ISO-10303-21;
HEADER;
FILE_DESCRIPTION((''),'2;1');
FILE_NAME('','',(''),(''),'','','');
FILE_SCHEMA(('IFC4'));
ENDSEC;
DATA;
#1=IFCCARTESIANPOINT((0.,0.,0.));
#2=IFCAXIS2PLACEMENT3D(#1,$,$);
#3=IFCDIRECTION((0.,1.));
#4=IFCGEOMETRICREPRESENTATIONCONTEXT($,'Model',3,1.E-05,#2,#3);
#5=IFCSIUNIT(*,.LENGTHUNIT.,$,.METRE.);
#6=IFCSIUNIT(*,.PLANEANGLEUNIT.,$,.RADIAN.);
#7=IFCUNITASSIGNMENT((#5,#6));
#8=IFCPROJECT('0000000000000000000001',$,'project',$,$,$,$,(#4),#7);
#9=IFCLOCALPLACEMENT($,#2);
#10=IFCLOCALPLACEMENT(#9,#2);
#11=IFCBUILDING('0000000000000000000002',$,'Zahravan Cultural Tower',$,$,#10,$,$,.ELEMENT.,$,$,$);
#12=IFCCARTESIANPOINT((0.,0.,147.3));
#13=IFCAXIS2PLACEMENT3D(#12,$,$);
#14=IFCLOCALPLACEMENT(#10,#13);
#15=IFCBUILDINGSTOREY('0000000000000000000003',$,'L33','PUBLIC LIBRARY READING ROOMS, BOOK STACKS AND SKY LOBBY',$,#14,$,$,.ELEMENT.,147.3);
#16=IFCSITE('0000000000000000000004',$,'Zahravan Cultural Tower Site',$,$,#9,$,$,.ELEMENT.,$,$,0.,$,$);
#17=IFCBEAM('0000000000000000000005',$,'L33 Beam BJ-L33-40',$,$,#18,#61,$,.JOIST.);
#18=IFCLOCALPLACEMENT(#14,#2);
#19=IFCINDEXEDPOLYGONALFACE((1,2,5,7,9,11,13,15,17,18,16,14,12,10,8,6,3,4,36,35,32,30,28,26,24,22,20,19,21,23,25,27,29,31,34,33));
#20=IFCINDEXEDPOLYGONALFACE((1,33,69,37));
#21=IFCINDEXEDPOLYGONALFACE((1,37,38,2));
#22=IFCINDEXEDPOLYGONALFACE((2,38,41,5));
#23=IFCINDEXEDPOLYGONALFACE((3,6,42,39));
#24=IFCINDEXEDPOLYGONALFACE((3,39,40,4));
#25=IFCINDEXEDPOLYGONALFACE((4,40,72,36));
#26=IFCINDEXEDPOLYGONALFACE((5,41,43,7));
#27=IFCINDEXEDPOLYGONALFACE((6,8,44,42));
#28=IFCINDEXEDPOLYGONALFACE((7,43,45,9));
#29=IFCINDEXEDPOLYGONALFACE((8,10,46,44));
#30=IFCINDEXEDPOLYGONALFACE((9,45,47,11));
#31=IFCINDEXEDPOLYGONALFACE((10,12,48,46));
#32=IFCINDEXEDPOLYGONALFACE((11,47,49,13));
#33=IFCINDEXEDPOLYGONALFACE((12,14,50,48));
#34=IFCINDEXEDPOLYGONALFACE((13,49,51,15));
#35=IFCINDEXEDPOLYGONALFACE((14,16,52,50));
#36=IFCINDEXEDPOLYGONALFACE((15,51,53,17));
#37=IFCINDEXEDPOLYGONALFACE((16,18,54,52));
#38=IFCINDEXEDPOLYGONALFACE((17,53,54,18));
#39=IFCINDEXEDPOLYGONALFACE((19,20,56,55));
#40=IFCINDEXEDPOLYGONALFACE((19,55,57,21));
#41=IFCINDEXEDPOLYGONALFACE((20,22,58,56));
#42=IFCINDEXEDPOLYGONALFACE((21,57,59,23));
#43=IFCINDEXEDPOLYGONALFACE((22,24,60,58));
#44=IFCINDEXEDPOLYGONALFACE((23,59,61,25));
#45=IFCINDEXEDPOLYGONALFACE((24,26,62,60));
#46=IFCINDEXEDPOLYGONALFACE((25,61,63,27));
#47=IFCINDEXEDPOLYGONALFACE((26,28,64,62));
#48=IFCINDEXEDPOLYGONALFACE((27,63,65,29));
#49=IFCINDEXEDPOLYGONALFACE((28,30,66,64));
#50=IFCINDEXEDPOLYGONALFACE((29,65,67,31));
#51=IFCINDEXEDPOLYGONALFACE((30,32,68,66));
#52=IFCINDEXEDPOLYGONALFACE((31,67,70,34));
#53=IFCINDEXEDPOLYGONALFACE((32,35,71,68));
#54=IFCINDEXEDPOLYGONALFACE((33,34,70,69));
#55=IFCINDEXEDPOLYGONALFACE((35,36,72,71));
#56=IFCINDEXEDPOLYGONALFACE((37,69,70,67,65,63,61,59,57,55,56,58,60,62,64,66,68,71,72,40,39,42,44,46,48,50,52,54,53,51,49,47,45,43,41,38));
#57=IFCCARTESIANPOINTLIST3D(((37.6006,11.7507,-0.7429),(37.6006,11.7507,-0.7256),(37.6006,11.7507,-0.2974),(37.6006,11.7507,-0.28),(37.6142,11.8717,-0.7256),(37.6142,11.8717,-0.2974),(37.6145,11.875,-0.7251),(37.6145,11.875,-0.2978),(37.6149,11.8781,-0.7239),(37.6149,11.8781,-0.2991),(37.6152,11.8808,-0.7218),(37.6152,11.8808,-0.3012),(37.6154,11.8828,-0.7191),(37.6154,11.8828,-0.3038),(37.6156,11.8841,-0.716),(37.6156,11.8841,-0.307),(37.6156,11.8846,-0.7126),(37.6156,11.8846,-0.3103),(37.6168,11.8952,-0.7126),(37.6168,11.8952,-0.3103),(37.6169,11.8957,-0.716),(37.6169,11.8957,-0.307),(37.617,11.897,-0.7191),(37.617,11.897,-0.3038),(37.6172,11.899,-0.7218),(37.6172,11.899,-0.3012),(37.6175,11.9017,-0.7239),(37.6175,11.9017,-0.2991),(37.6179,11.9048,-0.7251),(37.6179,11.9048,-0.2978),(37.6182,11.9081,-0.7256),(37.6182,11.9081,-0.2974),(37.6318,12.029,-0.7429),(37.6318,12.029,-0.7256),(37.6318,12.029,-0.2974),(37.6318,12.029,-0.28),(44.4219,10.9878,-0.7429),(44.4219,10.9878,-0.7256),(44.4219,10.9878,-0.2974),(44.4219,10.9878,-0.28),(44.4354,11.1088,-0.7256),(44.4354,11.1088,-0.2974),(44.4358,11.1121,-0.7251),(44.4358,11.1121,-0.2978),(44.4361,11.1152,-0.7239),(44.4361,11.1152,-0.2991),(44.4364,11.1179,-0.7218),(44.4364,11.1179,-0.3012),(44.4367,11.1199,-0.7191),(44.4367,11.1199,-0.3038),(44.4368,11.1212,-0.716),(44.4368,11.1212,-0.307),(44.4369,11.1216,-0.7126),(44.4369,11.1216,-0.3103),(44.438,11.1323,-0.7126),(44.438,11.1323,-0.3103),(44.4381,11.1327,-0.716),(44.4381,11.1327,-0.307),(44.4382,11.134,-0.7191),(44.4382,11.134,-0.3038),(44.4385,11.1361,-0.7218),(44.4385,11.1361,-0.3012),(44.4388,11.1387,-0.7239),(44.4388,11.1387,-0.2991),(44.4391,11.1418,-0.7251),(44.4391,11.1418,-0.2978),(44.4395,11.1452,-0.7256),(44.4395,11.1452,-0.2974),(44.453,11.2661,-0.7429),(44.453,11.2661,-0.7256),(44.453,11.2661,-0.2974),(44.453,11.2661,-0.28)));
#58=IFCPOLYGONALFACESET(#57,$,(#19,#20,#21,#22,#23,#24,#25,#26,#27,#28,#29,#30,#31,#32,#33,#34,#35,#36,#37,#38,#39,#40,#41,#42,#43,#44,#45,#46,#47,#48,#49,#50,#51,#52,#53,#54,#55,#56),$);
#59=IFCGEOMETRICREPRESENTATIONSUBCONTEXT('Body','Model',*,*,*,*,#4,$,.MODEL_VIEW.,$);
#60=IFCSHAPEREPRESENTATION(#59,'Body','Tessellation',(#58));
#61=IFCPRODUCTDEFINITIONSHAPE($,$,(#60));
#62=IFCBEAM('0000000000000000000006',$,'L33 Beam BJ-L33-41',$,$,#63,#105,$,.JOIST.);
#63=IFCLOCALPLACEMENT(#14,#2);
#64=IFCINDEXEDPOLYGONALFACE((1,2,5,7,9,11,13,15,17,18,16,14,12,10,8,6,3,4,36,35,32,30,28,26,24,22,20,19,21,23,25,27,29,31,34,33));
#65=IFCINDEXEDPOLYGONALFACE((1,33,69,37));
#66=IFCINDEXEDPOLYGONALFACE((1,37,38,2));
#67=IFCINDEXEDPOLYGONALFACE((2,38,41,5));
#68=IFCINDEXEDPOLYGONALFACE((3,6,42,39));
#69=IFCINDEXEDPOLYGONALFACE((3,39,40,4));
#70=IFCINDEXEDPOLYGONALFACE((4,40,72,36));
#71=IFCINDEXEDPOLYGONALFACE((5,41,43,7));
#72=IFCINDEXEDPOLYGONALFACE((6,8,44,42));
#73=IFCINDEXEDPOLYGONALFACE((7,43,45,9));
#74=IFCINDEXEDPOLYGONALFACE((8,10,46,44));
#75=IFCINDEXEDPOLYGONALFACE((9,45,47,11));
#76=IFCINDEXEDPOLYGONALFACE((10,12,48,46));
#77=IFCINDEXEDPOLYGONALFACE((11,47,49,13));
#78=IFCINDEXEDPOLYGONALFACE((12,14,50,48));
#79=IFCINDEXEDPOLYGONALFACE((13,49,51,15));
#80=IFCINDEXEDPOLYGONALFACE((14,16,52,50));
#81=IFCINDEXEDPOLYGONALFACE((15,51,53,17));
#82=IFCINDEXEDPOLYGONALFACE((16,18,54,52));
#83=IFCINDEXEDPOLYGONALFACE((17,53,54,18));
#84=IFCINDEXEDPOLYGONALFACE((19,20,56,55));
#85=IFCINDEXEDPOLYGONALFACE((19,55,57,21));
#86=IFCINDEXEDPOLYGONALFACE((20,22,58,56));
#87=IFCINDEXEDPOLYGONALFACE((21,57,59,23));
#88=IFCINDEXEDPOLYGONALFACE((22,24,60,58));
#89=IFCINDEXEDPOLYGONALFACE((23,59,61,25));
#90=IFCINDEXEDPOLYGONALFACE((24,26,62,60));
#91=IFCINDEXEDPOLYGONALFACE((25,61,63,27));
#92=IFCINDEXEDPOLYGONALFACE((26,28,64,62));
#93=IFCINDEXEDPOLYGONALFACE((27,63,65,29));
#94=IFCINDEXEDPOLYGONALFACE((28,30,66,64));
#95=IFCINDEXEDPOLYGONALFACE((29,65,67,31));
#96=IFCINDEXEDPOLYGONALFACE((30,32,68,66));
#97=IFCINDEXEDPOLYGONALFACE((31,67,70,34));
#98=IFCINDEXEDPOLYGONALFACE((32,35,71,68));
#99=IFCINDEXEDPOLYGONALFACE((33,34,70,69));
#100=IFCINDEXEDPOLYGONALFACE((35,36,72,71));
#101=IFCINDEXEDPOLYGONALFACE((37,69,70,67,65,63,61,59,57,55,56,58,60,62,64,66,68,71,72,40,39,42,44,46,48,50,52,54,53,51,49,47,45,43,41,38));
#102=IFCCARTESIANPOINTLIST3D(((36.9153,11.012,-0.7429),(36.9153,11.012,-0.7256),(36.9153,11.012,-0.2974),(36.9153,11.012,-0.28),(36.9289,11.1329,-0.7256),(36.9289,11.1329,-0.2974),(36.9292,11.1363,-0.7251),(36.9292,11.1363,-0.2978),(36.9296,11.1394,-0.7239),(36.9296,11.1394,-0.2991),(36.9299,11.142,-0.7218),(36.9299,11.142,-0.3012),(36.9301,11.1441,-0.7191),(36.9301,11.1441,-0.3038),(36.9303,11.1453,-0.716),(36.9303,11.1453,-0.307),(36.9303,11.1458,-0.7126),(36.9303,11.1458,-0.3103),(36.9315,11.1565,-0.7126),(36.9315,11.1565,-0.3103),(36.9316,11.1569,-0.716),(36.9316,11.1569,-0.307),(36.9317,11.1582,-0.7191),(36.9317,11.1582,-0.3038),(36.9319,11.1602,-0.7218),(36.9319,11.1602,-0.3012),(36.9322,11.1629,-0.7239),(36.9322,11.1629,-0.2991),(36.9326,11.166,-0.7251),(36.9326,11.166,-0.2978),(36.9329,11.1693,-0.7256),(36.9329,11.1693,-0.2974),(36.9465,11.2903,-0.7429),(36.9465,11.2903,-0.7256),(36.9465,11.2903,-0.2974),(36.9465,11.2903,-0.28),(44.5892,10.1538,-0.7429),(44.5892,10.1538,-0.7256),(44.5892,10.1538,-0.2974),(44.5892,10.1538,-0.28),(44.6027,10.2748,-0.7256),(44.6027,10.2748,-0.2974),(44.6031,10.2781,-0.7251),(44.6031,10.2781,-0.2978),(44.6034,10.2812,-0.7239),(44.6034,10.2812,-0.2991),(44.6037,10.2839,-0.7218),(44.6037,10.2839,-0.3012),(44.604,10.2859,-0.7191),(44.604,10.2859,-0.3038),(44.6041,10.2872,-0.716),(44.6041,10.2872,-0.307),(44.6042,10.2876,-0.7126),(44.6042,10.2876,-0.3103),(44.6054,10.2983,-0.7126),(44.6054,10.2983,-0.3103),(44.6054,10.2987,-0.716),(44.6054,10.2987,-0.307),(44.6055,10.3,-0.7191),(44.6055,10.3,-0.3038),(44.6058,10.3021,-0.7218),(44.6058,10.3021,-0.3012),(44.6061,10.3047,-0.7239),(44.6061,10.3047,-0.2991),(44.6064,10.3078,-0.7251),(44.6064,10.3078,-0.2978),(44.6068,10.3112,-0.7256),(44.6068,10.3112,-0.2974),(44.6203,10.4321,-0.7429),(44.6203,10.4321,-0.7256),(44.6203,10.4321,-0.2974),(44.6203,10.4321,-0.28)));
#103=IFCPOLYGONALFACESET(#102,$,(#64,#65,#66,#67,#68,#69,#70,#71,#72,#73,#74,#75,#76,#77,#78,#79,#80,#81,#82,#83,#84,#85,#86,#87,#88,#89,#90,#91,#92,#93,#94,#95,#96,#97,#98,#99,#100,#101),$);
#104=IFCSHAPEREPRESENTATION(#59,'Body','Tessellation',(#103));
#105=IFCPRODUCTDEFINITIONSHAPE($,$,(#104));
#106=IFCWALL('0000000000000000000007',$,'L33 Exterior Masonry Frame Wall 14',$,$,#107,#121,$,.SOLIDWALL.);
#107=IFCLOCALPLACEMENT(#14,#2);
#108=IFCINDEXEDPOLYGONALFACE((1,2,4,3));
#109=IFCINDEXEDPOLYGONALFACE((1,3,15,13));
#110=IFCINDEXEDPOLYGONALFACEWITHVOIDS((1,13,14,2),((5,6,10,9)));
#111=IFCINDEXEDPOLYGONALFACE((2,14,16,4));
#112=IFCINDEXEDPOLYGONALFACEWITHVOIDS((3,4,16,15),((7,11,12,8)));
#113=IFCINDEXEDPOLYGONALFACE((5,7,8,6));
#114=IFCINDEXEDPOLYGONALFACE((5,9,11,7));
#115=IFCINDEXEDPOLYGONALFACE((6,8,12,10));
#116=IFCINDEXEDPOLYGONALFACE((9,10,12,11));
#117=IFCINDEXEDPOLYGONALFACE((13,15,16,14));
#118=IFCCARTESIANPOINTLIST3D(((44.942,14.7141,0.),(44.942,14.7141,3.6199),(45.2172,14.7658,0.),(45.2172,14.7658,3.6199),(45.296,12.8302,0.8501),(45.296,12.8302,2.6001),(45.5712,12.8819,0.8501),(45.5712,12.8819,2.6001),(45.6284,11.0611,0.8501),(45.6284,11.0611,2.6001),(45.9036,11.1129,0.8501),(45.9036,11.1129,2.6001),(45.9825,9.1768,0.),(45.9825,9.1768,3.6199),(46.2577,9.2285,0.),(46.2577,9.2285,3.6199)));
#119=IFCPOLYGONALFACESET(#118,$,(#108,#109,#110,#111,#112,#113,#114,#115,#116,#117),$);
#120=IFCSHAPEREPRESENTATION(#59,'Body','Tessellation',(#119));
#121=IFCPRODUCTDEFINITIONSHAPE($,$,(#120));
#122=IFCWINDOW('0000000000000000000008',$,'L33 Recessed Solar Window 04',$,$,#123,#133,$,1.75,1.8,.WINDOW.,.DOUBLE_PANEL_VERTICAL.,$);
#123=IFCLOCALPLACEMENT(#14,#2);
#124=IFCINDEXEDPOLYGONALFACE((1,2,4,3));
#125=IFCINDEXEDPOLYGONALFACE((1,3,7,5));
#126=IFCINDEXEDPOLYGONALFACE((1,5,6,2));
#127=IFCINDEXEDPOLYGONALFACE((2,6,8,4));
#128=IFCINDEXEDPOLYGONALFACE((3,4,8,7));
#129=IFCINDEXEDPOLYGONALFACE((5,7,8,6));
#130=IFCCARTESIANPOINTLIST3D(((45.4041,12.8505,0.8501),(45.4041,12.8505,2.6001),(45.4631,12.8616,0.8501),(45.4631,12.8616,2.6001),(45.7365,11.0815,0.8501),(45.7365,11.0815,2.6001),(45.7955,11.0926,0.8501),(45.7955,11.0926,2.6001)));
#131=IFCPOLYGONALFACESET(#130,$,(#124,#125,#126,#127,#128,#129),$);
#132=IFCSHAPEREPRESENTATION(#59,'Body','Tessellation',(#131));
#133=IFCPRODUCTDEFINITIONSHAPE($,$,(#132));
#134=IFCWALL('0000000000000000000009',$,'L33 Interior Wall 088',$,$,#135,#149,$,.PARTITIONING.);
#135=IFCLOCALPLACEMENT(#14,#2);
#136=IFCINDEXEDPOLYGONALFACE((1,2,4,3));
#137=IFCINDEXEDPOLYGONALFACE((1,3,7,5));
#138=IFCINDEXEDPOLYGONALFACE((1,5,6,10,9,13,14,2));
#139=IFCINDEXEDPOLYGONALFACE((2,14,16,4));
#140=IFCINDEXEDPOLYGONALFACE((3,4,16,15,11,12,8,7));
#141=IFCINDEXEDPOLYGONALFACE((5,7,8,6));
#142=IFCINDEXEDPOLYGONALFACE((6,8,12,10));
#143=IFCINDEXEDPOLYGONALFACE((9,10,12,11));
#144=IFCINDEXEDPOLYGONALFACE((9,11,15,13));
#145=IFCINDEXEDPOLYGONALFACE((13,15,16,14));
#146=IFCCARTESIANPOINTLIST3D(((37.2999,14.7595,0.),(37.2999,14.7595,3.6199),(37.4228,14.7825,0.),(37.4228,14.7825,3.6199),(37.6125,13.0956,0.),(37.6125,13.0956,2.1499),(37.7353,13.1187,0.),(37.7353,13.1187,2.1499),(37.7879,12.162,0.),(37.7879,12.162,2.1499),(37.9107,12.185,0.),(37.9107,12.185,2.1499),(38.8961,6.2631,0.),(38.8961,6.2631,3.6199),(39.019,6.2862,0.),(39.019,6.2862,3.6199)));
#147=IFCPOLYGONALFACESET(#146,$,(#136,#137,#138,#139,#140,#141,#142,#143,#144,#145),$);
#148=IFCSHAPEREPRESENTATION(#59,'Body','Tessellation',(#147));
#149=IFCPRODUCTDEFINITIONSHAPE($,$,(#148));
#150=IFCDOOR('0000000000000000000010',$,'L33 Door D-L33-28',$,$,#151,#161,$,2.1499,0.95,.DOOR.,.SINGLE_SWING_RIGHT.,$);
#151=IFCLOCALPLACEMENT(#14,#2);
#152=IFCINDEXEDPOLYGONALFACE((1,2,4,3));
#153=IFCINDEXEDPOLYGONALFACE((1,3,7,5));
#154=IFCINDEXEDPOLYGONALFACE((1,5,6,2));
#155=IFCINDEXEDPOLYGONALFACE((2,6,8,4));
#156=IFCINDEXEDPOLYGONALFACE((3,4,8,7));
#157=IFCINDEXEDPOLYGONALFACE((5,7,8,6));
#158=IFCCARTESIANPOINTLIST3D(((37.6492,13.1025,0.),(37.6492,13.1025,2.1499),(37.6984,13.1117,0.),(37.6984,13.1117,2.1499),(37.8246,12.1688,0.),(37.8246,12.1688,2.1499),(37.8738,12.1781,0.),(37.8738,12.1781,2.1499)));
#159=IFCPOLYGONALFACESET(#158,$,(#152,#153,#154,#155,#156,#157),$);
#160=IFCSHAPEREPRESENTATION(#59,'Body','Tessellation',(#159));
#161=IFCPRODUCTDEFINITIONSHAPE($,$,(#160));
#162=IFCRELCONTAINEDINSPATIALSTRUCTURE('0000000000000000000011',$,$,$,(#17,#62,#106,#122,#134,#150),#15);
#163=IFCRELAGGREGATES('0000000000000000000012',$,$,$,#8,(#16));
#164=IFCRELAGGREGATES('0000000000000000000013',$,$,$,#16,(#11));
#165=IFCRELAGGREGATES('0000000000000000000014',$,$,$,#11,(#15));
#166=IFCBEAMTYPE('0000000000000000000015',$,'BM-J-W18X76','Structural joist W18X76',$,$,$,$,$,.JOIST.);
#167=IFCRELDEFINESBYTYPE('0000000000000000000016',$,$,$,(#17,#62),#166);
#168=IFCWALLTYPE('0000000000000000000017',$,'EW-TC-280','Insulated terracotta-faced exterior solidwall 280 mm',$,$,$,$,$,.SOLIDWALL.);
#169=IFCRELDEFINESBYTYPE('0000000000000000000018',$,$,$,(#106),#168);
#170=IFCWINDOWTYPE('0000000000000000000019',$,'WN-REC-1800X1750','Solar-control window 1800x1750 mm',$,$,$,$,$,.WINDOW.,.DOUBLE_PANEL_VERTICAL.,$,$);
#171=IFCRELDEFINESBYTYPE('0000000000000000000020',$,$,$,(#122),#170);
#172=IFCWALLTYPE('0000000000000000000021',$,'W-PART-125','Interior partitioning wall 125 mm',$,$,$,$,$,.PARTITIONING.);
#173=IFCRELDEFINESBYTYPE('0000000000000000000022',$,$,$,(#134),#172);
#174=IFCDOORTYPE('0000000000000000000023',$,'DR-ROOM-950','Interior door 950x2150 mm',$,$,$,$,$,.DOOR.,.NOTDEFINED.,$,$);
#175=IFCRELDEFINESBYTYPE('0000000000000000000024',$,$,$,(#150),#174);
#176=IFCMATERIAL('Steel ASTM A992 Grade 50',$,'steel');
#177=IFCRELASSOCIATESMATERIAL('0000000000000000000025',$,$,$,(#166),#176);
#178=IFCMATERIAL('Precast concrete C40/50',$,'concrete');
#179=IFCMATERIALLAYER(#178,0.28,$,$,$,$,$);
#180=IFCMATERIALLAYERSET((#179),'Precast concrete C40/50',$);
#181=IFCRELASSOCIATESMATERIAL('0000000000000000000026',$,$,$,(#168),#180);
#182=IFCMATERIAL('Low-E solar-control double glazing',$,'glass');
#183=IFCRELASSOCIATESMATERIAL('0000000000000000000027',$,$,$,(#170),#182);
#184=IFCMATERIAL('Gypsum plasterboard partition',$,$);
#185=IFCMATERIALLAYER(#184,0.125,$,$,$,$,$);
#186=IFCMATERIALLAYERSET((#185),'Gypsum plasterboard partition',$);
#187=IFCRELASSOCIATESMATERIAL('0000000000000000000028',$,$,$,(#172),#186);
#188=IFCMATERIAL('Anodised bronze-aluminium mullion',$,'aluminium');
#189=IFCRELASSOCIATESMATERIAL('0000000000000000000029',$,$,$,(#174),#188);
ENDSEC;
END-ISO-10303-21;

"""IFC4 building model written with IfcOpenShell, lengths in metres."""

from ifc_helpers import new_model, si_unit, direction, frame, frame_2d, origin, origin_2d, place, context, subcontext, project, spatial, rectangle, i_section, extrude, source, transform, mapped, material, layer, layer_set, material_profile, profile_set, type_object, element, fill, save


model = new_model("IFC4")

# Units and contexts
model_context = context("Model", 3, precision=1e-05, world=origin(), true_north=direction((0.0, 1.0)))
body_context = subcontext(model_context, "Body", "Model", "MODEL_VIEW")
ifc_project = project(units=[si_unit("LENGTHUNIT", "METRE"), si_unit("PLANEANGLEUNIT", "RADIAN")], contexts=[model_context])

# Site, building, storey
site_placement = place(None, origin())
site = spatial("IfcSite", under=ifc_project, at=site_placement, Name="Zahravan Cultural Tower Site", CompositionType="ELEMENT", RefElevation=0.0)
building_placement = place(site_placement, origin())
building = spatial("IfcBuilding", under=site, at=building_placement, Name="Zahravan Cultural Tower", CompositionType="ELEMENT")
storey_placement = place(building_placement, frame((0.0, 0.0, 147.3)))
storey = spatial("IfcBuildingStorey", under=building, at=storey_placement, Name="L33", Description="PUBLIC LIBRARY READING ROOMS, BOOK STACKS AND SKY LOBBY", CompositionType="ELEMENT", Elevation=147.3)

# Shared definitions
ifc_material_1 = material(Name="Steel ASTM A992 Grade 50", Category="steel")

# Beams
ifc_material_profile_1 = material_profile(ifc_material_1, i_section(OverallWidth=0.28, OverallDepth=0.4629, WebThickness=0.0107, FlangeThickness=0.0173, FilletRadius=0.0129, at=origin_2d()), Name="W18X76")
ifc_profile_set_1 = profile_set([ifc_material_profile_1], Name="Steel ASTM A992 Grade 50")
beam_type_1 = type_object("IfcBeamType", Name="BM-J-W18X76", Description="Structural joist W18X76", PredefinedType="JOIST", material=ifc_profile_set_1)
shared_shape_1 = source(origin(), body_context, "Body", "SweptSolid", [
    extrude(i_section(OverallWidth=0.28, OverallDepth=0.4629, WebThickness=0.0107, FlangeThickness=0.0173, FilletRadius=0.0129, at=origin_2d()), origin(), (0.0, 0.0, 1.0), 6.8638),
])
beam_1_placement = place(storey_placement, frame((37.6162, 11.8899, -0.5115), z_axis=(0.993803, -0.111154, 0.0), x_axis=(0.111154, 0.993803, 0.0)))
element("IfcBeam", 1, at=beam_1_placement, inside=storey, type_object=beam_type_1, Name="L33 Beam BJ-L33-40", PredefinedType="JOIST", context=body_context, shape_type="MappedRepresentation", body=[
    mapped(shared_shape_1, transform((0.0, 0.0, 0.0), x_axis=(1.0, 0.0, 0.0), y_axis=(0.0, 1.0, 0.0), z_axis=(0.0, 0.0, 1.0), scale=1.0)),
])
shared_shape_2 = source(origin(), body_context, "Body", "SweptSolid", [
    extrude(i_section(OverallWidth=0.28, OverallDepth=0.4629, WebThickness=0.0107, FlangeThickness=0.0173, FilletRadius=0.0129, at=origin_2d()), origin(), (0.0, 0.0, 1.0), 7.7217),
])
beam_2_placement = place(storey_placement, frame((36.9309, 11.1511, -0.5115), z_axis=(0.993805, -0.111136, 0.0), x_axis=(0.111136, 0.993805, 0.0)))
element("IfcBeam", 2, at=beam_2_placement, inside=storey, type_object=beam_type_1, Name="L33 Beam BJ-L33-41", PredefinedType="JOIST", context=body_context, shape_type="MappedRepresentation", body=[
    mapped(shared_shape_2, transform((0.0, 0.0, 0.0), x_axis=(1.0, 0.0, 0.0), y_axis=(0.0, 1.0, 0.0), z_axis=(0.0, 0.0, 1.0), scale=1.0)),
])

# Wall, opening, window
ifc_material_2 = material(Name="Precast concrete C40/50", Category="concrete")
ifc_layer_1 = layer(ifc_material_2, 0.28)
ifc_layer_set_1 = layer_set([ifc_layer_1], Name="Precast concrete C40/50")
wall_type_1 = type_object("IfcWallType", Name="EW-TC-280", Description="Insulated terracotta-faced exterior solidwall 280 mm", PredefinedType="SOLIDWALL", material=ifc_layer_set_1)
wall_1_placement = place(storey_placement, frame((45.0796, 14.74, 0.0), z_axis=(0.0, 0.0, 1.0), x_axis=(0.184678, -0.982799, 0.0)))
wall_1 = element("IfcWall", 3, at=wall_1_placement, inside=storey, type_object=wall_type_1, Name="L33 Exterior Masonry Frame Wall 14", PredefinedType="SOLIDWALL", context=body_context, shape_type="SweptSolid", body=[
    extrude(rectangle(XDim=5.6343, YDim=0.28, at=frame_2d((2.8171, 0.0))), origin(), (0.0, 0.0, 1.0), 3.6199),
])
opening_1_placement = place(wall_1_placement, frame((1.917, 0.0, 0.8501)))
opening_1 = element("IfcOpeningElement", 4, at=opening_1_placement, cuts=wall_1, PredefinedType="OPENING", context=body_context, shape_type="SweptSolid", body=[
    extrude(rectangle(XDim=1.8, YDim=1.75, at=frame_2d((0.8999, 0.875))), frame((0.0, 0.1499, 0.0), z_axis=(0.0, -1.0, 0.0), x_axis=(1.0, 0.0, 0.0)), (0.0, 0.0, 1.0), 0.3),
])
ifc_material_3 = material(Name="Low-E solar-control double glazing", Category="glass")
window_type = type_object("IfcWindowType", Name="WN-REC-1800X1750", Description="Solar-control window 1800x1750 mm", PartitioningType="DOUBLE_PANEL_VERTICAL", PredefinedType="WINDOW", material=ifc_material_3)
shared_shape_3 = source(origin(), body_context, "Body", "SweptSolid", [
    extrude(rectangle(XDim=1.8, YDim=1.75, at=frame_2d((0.8999, 0.875))), frame((0.0, 0.03, 0.0), z_axis=(0.0, -1.0, 0.0), x_axis=(1.0, 0.0, 0.0)), (0.0, 0.0, 1.0), 0.0601),
])
window_placement = place(opening_1_placement, origin())
window = element("IfcWindow", 5, at=window_placement, inside=storey, type_object=window_type, Name="L33 Recessed Solar Window 04", OverallHeight=1.75, OverallWidth=1.8, PartitioningType="DOUBLE_PANEL_VERTICAL", PredefinedType="WINDOW", context=body_context, shape_type="MappedRepresentation", body=[
    mapped(shared_shape_3, transform((0.0, 0.0, 0.0), x_axis=(1.0, 0.0, 0.0), y_axis=(0.0, 1.0, 0.0), z_axis=(0.0, 0.0, 1.0), scale=1.0)),
])
fill(opening_1, window)

# Wall, opening, door
ifc_material_4 = material(Name="Gypsum plasterboard partition")
ifc_layer_2 = layer(ifc_material_4, 0.125)
ifc_layer_set_2 = layer_set([ifc_layer_2], Name="Gypsum plasterboard partition")
wall_type_2 = type_object("IfcWallType", Name="W-PART-125", Description="Interior partitioning wall 125 mm", PredefinedType="PARTITIONING", material=ifc_layer_set_2)
wall_2_placement = place(storey_placement, frame((37.3613, 14.771, 0.0), z_axis=(0.0, 0.0, 1.0), x_axis=(0.184638, -0.982807, 0.0)))
wall_2 = element("IfcWall", 6, at=wall_2_placement, inside=storey, type_object=wall_type_2, Name="L33 Interior Wall 088", PredefinedType="PARTITIONING", context=body_context, shape_type="SweptSolid", body=[
    extrude(rectangle(XDim=8.645, YDim=0.125, at=frame_2d((4.3225, 0.0))), origin(), (0.0, 0.0, 1.0), 3.6199),
])
opening_2_placement = place(wall_2_placement, frame((1.6929, 0.0, 0.0)))
opening_2 = element("IfcOpeningElement", 7, at=opening_2_placement, cuts=wall_2, PredefinedType="OPENING", context=body_context, shape_type="SweptSolid", body=[
    extrude(rectangle(XDim=0.95, YDim=2.1499, at=frame_2d((0.4751, 1.075))), frame((0.0, 0.0725, 0.0), z_axis=(0.0, -1.0, 0.0), x_axis=(1.0, 0.0, 0.0)), (0.0, 0.0, 1.0), 0.145),
])
ifc_material_5 = material(Name="Anodised bronze-aluminium mullion", Category="aluminium")
door_type = type_object("IfcDoorType", Name="DR-ROOM-950", Description="Interior door 950x2150 mm", OperationType="NOTDEFINED", PredefinedType="DOOR", material=ifc_material_5)
shared_shape_4 = source(origin(), body_context, "Body", "SweptSolid", [
    extrude(rectangle(XDim=0.95, YDim=2.1499, at=frame_2d((0.4751, 1.075))), frame((0.0, 0.0249, 0.0), z_axis=(0.0, -1.0, 0.0), x_axis=(1.0, 0.0, 0.0)), (0.0, 0.0, 1.0), 0.05),
])
door_1_placement = place(opening_2_placement, origin())
door_1 = element("IfcDoor", 8, at=door_1_placement, inside=storey, type_object=door_type, Name="L33 Door D-L33-28", OperationType="SINGLE_SWING_RIGHT", OverallHeight=2.1499, OverallWidth=0.95, PredefinedType="DOOR", context=body_context, shape_type="MappedRepresentation", body=[
    mapped(shared_shape_4, transform((0.0, 0.0, 0.0), x_axis=(1.0, 0.0, 0.0), y_axis=(0.0, 1.0, 0.0), z_axis=(0.0, 0.0, 1.0), scale=1.0)),
])
fill(opening_2, door_1)

save(model, "model.ifc")
